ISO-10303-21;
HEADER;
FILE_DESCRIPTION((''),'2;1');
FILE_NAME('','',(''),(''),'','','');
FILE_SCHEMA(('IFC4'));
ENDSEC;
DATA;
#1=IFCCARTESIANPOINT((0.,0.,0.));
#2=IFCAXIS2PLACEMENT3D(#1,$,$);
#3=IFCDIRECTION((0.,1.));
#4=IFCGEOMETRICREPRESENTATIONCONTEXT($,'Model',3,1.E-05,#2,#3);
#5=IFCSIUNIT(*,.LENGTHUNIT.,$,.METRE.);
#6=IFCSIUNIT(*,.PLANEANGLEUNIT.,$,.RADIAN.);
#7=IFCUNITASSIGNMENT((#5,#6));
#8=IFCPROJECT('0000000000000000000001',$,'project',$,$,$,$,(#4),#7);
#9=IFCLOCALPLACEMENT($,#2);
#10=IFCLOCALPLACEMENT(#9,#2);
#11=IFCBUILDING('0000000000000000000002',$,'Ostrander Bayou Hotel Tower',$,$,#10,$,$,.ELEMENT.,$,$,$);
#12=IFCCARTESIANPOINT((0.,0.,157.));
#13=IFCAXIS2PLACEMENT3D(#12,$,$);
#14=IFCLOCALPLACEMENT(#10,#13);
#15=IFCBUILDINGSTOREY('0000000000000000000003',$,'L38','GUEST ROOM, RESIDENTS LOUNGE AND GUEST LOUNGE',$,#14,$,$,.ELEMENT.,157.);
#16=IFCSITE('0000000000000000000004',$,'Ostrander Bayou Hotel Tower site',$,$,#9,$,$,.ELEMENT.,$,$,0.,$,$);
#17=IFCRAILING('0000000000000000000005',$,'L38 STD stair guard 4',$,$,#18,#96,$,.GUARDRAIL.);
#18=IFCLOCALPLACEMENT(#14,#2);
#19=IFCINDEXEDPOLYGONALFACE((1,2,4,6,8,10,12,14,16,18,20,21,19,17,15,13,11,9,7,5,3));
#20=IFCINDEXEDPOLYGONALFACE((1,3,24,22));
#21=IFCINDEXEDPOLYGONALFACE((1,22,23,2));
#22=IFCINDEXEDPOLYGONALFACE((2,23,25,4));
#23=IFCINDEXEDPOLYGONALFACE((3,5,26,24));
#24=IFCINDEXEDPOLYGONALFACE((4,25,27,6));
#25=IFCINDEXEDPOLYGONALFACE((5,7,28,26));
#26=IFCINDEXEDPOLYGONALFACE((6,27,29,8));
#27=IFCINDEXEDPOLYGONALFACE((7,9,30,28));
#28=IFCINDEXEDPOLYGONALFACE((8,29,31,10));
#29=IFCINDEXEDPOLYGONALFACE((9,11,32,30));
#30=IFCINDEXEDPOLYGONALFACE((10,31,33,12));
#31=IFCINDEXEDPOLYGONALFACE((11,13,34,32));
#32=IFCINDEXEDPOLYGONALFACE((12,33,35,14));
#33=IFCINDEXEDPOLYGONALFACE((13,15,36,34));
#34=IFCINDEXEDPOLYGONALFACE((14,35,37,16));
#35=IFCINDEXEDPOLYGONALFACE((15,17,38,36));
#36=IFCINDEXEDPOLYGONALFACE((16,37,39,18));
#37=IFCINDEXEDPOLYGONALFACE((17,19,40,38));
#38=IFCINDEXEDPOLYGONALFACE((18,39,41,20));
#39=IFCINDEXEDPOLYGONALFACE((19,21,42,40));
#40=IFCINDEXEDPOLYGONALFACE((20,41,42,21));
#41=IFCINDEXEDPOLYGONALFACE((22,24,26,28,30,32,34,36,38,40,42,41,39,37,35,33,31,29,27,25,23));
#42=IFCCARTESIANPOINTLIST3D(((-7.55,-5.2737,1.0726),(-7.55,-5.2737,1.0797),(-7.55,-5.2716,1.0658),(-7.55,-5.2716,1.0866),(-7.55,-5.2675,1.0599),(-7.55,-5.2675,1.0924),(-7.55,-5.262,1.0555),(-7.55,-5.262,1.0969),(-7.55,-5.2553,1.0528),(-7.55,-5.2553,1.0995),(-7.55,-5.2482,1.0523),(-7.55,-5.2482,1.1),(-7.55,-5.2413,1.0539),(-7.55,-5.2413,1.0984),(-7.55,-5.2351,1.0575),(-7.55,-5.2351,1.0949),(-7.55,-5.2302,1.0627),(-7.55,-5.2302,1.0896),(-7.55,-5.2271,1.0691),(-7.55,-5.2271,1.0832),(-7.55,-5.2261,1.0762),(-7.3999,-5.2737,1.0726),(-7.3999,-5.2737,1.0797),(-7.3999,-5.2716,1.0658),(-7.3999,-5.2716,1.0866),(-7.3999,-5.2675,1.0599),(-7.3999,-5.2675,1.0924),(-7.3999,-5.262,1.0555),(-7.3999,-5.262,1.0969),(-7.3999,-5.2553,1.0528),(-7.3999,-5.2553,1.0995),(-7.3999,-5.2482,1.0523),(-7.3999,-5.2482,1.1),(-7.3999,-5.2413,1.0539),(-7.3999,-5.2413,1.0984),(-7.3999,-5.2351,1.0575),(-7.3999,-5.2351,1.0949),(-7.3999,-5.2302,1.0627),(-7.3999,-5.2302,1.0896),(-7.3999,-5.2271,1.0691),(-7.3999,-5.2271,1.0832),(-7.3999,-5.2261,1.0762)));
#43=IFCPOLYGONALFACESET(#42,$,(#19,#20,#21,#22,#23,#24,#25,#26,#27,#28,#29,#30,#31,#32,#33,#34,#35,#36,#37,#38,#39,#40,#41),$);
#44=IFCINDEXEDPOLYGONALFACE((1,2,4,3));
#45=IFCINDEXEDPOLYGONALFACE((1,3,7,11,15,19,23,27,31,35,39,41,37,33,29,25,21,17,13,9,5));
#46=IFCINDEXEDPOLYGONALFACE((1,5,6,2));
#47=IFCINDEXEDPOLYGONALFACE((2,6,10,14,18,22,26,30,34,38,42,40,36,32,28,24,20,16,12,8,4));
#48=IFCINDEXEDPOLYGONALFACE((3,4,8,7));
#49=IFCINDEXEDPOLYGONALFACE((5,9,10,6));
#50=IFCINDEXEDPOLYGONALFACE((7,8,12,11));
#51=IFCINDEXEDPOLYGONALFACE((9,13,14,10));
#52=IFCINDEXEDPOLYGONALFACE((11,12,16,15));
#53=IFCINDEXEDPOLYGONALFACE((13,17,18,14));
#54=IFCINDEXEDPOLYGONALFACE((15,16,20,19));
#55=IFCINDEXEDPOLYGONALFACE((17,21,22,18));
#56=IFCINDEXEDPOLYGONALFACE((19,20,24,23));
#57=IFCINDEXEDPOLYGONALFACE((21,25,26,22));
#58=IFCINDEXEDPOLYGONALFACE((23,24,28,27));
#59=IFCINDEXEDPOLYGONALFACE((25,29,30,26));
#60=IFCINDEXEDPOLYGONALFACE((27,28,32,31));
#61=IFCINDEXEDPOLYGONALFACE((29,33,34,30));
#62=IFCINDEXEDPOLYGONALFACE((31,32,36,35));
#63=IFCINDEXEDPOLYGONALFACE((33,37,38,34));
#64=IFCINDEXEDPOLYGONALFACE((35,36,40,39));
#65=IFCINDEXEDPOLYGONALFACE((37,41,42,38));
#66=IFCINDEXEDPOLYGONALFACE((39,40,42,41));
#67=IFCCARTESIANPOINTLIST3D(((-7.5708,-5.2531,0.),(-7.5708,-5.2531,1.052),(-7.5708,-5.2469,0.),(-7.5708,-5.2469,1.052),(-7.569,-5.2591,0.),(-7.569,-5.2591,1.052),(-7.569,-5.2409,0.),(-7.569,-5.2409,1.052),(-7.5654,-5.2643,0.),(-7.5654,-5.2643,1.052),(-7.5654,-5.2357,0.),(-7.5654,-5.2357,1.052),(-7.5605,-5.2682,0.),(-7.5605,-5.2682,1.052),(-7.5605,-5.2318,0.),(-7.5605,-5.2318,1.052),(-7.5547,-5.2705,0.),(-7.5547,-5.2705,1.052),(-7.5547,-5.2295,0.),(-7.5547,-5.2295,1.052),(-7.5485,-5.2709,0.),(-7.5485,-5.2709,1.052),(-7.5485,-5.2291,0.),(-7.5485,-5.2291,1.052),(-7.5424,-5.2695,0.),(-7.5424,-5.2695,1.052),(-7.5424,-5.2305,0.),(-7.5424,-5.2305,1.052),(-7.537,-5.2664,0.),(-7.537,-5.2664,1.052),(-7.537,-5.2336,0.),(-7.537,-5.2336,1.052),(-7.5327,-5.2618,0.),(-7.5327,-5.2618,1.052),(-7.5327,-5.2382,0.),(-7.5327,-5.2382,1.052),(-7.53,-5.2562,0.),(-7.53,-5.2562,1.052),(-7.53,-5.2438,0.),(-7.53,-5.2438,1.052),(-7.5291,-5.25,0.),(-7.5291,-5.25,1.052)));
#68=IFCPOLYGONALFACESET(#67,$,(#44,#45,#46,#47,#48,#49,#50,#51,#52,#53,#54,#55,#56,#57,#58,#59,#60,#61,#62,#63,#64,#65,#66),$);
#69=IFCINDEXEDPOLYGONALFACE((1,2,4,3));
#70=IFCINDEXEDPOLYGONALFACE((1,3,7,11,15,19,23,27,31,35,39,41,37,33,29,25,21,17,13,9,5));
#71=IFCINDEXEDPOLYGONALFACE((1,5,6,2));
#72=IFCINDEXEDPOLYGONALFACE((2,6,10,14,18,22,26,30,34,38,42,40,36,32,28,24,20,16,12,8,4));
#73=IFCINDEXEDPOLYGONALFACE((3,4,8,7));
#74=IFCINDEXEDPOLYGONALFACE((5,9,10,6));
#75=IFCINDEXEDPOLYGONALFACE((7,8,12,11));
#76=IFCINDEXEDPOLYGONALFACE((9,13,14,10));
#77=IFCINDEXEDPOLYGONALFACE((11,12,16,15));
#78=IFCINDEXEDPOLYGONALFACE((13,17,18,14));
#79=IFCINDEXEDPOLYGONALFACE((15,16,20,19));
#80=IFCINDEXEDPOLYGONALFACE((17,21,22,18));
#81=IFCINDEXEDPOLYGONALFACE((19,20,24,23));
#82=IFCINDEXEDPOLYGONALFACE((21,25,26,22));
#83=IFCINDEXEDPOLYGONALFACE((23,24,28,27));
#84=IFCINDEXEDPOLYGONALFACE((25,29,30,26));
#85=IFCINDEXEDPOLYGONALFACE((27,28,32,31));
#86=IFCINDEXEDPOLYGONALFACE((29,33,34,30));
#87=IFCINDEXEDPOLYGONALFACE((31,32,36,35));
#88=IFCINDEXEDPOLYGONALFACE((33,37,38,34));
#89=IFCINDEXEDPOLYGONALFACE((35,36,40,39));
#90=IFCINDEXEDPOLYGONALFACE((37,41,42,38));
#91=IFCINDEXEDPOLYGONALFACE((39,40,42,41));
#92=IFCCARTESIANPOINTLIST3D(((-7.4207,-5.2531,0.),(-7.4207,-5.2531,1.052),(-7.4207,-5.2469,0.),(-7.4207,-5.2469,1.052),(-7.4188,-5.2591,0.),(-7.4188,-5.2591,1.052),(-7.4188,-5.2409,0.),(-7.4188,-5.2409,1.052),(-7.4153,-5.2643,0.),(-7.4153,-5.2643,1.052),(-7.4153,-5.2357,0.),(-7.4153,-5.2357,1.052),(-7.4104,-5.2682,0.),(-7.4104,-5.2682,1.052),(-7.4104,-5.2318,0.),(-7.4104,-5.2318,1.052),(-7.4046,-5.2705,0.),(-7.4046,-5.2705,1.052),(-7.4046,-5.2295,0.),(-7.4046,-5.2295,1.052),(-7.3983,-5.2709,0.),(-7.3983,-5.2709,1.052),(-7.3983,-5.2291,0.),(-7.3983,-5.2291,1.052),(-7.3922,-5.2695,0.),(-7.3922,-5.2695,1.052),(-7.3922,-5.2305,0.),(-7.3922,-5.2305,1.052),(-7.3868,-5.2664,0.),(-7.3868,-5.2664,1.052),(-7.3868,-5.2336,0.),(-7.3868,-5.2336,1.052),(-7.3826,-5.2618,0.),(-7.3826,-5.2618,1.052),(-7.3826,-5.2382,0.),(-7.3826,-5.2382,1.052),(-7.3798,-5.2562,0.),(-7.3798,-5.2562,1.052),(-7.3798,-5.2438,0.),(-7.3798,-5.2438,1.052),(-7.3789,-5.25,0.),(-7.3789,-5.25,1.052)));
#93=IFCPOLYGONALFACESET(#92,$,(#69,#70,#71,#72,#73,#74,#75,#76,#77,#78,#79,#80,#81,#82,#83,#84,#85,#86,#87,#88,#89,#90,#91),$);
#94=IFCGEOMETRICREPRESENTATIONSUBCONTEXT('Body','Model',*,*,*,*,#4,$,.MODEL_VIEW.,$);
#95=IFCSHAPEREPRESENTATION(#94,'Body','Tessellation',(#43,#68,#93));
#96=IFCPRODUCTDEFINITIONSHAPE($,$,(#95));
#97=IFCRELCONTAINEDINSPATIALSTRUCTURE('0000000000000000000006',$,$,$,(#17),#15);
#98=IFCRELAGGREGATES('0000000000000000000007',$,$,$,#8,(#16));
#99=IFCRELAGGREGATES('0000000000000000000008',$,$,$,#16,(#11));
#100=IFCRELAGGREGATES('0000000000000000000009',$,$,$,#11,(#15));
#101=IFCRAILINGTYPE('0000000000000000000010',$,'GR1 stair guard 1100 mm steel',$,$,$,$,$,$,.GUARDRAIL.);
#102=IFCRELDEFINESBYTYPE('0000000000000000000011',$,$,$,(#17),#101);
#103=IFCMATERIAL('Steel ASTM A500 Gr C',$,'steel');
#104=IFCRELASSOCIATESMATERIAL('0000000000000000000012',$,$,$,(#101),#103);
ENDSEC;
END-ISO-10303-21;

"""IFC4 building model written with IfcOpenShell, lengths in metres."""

from ifc_helpers import new_model, si_unit, direction, frame, origin, origin_2d, place, context, subcontext, project, spatial, circle, extrude, material, type_object, element, save


model = new_model("IFC4")

# Units and contexts
model_context = context("Model", 3, precision=1e-05, world=origin(), true_north=direction((0.0, 1.0)))
body_context = subcontext(model_context, "Body", "Model", "MODEL_VIEW")
ifc_project = project(units=[si_unit("LENGTHUNIT", "METRE"), si_unit("PLANEANGLEUNIT", "RADIAN")], contexts=[model_context])

# Site, building, storey
site_placement = place(None, origin())
site = spatial("IfcSite", under=ifc_project, at=site_placement, Name="Ostrander Bayou Hotel Tower site", CompositionType="ELEMENT", RefElevation=0.0)
building_placement = place(site_placement, origin())
building = spatial("IfcBuilding", under=site, at=building_placement, Name="Ostrander Bayou Hotel Tower", CompositionType="ELEMENT")
storey_placement = place(building_placement, frame((0.0, 0.0, 157.0)))
storey = spatial("IfcBuildingStorey", under=building, at=storey_placement, Name="L38", Description="GUEST ROOM, RESIDENTS LOUNGE AND GUEST LOUNGE", CompositionType="ELEMENT", Elevation=157.0)

# Railing
ifc_material_1 = material(Name="Steel ASTM A500 Gr C", Category="steel")
railing_type = type_object("IfcRailingType", Name="GR1 stair guard 1100 mm steel", PredefinedType="GUARDRAIL", material=ifc_material_1)
railing_1_placement = place(storey_placement, frame((-7.55, -5.25, 0.0)))
element("IfcRailing", 1, at=railing_1_placement, inside=storey, type_object=railing_type, Name="L38 STD stair guard 4", PredefinedType="GUARDRAIL", context=body_context, shape_type="SweptSolid", body=[
    extrude(circle(Radius=0.0239, at=origin_2d()), frame((0.0, 0.0, 1.0762), z_axis=(1.0, 0.0, 0.0), x_axis=(0.0, 1.0, 0.0)), (0.0, 0.0, 1.0), 0.1501),
    extrude(circle(Radius=0.021, at=origin_2d()), origin(), (0.0, 0.0, 1.0), 1.052),
    extrude(circle(Radius=0.021, at=origin_2d()), frame((0.1501, 0.0, 0.0)), (0.0, 0.0, 1.0), 1.052),
])

save(model, "model.ifc")
